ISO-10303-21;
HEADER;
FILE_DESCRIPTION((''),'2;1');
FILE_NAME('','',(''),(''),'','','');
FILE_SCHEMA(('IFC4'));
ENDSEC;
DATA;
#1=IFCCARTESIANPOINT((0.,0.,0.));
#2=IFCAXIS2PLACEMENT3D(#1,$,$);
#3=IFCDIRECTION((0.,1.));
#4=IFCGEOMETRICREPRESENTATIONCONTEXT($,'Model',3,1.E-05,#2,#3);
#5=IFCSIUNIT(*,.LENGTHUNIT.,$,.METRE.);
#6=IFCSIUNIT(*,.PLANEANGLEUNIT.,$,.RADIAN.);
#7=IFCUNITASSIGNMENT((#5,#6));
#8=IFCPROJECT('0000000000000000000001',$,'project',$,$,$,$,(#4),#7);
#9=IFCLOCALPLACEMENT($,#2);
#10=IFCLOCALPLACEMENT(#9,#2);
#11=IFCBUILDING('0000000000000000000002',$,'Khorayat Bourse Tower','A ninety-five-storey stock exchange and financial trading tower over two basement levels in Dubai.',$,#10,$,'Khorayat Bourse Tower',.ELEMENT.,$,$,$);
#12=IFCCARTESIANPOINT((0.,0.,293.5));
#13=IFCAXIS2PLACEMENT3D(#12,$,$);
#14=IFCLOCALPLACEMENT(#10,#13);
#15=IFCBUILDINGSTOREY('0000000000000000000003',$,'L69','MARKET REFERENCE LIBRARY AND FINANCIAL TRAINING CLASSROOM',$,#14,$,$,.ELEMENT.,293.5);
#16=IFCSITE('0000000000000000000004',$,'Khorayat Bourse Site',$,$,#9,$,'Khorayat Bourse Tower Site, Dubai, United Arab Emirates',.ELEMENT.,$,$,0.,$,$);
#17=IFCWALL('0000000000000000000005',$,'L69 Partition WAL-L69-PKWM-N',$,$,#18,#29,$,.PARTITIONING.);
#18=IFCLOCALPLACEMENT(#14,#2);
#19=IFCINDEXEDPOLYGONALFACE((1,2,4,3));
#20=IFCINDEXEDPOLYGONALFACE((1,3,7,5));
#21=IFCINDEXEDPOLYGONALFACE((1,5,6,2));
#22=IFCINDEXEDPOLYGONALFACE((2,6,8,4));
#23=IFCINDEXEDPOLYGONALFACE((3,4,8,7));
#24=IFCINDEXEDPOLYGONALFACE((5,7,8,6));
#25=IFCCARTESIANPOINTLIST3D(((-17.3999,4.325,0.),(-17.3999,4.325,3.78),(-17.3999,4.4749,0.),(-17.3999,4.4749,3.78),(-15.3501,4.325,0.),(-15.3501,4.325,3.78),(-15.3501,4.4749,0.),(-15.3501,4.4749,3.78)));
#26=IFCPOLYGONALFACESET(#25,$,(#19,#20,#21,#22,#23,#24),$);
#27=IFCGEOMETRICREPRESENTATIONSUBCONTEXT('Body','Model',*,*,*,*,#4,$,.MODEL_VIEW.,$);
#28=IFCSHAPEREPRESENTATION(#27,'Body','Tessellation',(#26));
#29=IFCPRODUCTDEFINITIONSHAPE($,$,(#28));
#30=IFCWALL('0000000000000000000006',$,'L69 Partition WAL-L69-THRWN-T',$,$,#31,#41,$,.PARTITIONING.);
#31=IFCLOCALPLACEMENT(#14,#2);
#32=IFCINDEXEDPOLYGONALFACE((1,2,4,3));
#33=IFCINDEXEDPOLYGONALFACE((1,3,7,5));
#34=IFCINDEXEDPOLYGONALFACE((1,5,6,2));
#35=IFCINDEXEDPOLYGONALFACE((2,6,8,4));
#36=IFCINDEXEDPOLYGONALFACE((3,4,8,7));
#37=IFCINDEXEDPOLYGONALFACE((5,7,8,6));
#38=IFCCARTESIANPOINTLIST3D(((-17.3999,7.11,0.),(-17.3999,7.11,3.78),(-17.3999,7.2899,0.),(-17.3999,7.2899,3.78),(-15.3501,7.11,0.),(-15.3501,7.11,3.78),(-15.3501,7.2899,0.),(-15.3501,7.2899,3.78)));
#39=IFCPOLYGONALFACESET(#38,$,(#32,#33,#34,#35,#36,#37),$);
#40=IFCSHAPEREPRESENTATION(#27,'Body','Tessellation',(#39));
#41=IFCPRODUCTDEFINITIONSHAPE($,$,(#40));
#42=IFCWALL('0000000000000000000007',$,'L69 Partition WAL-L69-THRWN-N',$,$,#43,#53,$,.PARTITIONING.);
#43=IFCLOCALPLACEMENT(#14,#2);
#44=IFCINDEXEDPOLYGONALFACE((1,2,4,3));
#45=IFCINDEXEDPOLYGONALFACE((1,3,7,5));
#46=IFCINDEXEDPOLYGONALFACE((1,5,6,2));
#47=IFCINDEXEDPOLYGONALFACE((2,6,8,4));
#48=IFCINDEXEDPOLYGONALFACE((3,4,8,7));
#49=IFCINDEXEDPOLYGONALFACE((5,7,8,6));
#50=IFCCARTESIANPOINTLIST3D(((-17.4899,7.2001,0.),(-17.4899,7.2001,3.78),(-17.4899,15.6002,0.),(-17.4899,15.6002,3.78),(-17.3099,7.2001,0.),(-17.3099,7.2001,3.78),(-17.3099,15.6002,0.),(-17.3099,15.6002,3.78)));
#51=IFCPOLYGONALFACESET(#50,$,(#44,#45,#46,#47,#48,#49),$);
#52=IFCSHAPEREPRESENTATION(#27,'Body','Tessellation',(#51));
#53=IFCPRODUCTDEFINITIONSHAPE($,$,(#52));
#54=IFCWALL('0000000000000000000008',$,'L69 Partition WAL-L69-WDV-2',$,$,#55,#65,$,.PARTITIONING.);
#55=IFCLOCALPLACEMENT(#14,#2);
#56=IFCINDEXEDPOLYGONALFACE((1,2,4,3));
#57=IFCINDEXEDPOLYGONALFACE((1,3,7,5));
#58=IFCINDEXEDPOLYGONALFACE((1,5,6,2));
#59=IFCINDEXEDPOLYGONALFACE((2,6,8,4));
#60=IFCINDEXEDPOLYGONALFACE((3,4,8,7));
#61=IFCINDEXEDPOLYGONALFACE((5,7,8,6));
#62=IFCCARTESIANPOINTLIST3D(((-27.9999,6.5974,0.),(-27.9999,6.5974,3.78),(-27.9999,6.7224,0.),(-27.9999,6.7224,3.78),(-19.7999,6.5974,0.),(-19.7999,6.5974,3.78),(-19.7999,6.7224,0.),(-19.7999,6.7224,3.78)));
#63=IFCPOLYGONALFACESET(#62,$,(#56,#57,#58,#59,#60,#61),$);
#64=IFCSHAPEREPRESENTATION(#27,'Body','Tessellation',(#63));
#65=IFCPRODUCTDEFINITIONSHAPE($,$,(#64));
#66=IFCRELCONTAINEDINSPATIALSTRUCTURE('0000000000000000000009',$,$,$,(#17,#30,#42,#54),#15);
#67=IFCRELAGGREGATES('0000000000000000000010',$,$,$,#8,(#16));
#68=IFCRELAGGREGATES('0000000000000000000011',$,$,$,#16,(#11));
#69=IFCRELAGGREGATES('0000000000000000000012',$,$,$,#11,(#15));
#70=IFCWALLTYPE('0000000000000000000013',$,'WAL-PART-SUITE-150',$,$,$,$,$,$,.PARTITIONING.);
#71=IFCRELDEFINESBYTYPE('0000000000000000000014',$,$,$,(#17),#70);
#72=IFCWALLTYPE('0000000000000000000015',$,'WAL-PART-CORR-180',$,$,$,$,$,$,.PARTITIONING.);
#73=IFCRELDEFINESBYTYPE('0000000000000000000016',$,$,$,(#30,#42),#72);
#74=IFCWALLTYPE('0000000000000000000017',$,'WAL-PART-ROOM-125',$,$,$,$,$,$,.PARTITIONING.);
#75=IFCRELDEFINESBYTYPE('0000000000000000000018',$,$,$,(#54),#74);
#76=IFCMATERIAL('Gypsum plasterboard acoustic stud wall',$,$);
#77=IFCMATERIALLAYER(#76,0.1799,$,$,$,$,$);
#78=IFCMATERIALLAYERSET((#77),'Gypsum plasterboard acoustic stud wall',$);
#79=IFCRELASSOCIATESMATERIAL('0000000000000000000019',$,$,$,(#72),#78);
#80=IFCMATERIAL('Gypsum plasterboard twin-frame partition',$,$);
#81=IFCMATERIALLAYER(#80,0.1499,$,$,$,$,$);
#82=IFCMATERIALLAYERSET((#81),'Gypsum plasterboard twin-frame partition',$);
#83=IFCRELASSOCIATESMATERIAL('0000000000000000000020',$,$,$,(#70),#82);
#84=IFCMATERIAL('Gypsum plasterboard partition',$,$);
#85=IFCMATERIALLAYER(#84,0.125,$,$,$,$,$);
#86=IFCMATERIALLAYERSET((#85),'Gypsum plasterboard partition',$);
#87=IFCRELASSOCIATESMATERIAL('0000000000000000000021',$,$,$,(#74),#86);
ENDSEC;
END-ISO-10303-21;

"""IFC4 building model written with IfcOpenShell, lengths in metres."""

from ifc_helpers import new_model, si_unit, direction, frame, frame_2d, origin, place, context, subcontext, project, spatial, rectangle, extrude, source, transform, mapped, material, layer, layer_set, type_object, element, save


model = new_model("IFC4")

# Units and contexts
model_context = context("Model", 3, precision=1e-05, world=origin(), true_north=direction((0.0, 1.0)))
body_context = subcontext(model_context, "Body", "Model", "MODEL_VIEW")
ifc_project = project(units=[si_unit("LENGTHUNIT", "METRE"), si_unit("PLANEANGLEUNIT", "RADIAN")], contexts=[model_context])

# Site, building, storey
site_placement = place(None, origin())
site = spatial("IfcSite", under=ifc_project, at=site_placement, Name="Khorayat Bourse Site", LongName="Khorayat Bourse Tower Site, Dubai, United Arab Emirates", CompositionType="ELEMENT", RefElevation=0.0)
building_placement = place(site_placement, origin())
building = spatial("IfcBuilding", under=site, at=building_placement, Name="Khorayat Bourse Tower", Description="A ninety-five-storey stock exchange and financial trading tower over two basement levels in Dubai.", LongName="Khorayat Bourse Tower", CompositionType="ELEMENT")
storey_placement = place(building_placement, frame((0.0, 0.0, 293.5)))
storey = spatial("IfcBuildingStorey", under=building, at=storey_placement, Name="L69", Description="MARKET REFERENCE LIBRARY AND FINANCIAL TRAINING CLASSROOM", CompositionType="ELEMENT", Elevation=293.5)

# Walls
ifc_material_1 = material(Name="Gypsum plasterboard acoustic stud wall")
ifc_layer_1 = layer(ifc_material_1, 0.1799)
ifc_layer_set_1 = layer_set([ifc_layer_1], Name="Gypsum plasterboard acoustic stud wall")
wall_type_1 = type_object("IfcWallType", Name="WAL-PART-CORR-180", PredefinedType="PARTITIONING", material=ifc_layer_set_1)
ifc_material_2 = material(Name="Gypsum plasterboard twin-frame partition")
ifc_layer_2 = layer(ifc_material_2, 0.1499)
ifc_layer_set_2 = layer_set([ifc_layer_2], Name="Gypsum plasterboard twin-frame partition")
wall_type_2 = type_object("IfcWallType", Name="WAL-PART-SUITE-150", PredefinedType="PARTITIONING", material=ifc_layer_set_2)
shared_shape_1 = source(origin(), body_context, "Body", "SweptSolid", [
    extrude(rectangle(XDim=2.0498, YDim=0.1499, at=frame_2d((1.0249, 0.0))), origin(), (0.0, 0.0, 1.0), 3.78),
])
wall_1_placement = place(storey_placement, frame((-17.3999, 4.3999, 0.0), z_axis=(0.0, 0.0, 1.0), x_axis=(1.0, 0.0, 0.0)))
element("IfcWall", 1, at=wall_1_placement, inside=storey, type_object=wall_type_2, Name="L69 Partition WAL-L69-PKWM-N", PredefinedType="PARTITIONING", context=body_context, shape_type="MappedRepresentation", body=[
    mapped(shared_shape_1, transform((0.0, 0.0, 0.0), scale=1.0)),
])
shared_shape_2 = source(origin(), body_context, "Body", "SweptSolid", [
    extrude(rectangle(XDim=2.0498, YDim=0.1799, at=frame_2d((1.0249, 0.0))), origin(), (0.0, 0.0, 1.0), 3.78),
])
wall_2_placement = place(storey_placement, frame((-17.3999, 7.2, 0.0), z_axis=(0.0, 0.0, 1.0), x_axis=(1.0, 0.0, 0.0)))
element("IfcWall", 2, at=wall_2_placement, inside=storey, type_object=wall_type_1, Name="L69 Partition WAL-L69-THRWN-T", PredefinedType="PARTITIONING", context=body_context, shape_type="MappedRepresentation", body=[
    mapped(shared_shape_2, transform((0.0, 0.0, 0.0), scale=1.0)),
])
shared_shape_3 = source(origin(), body_context, "Body", "SweptSolid", [
    extrude(rectangle(XDim=8.4001, YDim=0.1799, at=frame_2d((4.2002, 0.0))), origin(), (0.0, 0.0, 1.0), 3.78),
])
wall_3_placement = place(storey_placement, frame((-17.3999, 7.2, 0.0), z_axis=(0.0, 0.0, 1.0), x_axis=(0.0, 1.0, 0.0)))
element("IfcWall", 3, at=wall_3_placement, inside=storey, type_object=wall_type_1, Name="L69 Partition WAL-L69-THRWN-N", PredefinedType="PARTITIONING", context=body_context, shape_type="MappedRepresentation", body=[
    mapped(shared_shape_3, transform((0.0, 0.0, 0.0), scale=1.0)),
])
ifc_material_3 = material(Name="Gypsum plasterboard partition")
ifc_layer_3 = layer(ifc_material_3, 0.125)
ifc_layer_set_3 = layer_set([ifc_layer_3], Name="Gypsum plasterboard partition")
wall_type_3 = type_object("IfcWallType", Name="WAL-PART-ROOM-125", PredefinedType="PARTITIONING", material=ifc_layer_set_3)
shared_shape_4 = source(origin(), body_context, "Body", "SweptSolid", [
    extrude(rectangle(XDim=8.2, YDim=0.125, at=frame_2d((4.1001, 0.0))), origin(), (0.0, 0.0, 1.0), 3.78),
])
wall_4_placement = place(storey_placement, frame((-28.0, 6.6599, 0.0), z_axis=(0.0, 0.0, 1.0), x_axis=(1.0, 0.0, 0.0)))
element("IfcWall", 4, at=wall_4_placement, inside=storey, type_object=wall_type_3, Name="L69 Partition WAL-L69-WDV-2", PredefinedType="PARTITIONING", context=body_context, shape_type="MappedRepresentation", body=[
    mapped(shared_shape_4, transform((0.0, 0.0, 0.0), scale=1.0)),
])

save(model, "model.ifc")
